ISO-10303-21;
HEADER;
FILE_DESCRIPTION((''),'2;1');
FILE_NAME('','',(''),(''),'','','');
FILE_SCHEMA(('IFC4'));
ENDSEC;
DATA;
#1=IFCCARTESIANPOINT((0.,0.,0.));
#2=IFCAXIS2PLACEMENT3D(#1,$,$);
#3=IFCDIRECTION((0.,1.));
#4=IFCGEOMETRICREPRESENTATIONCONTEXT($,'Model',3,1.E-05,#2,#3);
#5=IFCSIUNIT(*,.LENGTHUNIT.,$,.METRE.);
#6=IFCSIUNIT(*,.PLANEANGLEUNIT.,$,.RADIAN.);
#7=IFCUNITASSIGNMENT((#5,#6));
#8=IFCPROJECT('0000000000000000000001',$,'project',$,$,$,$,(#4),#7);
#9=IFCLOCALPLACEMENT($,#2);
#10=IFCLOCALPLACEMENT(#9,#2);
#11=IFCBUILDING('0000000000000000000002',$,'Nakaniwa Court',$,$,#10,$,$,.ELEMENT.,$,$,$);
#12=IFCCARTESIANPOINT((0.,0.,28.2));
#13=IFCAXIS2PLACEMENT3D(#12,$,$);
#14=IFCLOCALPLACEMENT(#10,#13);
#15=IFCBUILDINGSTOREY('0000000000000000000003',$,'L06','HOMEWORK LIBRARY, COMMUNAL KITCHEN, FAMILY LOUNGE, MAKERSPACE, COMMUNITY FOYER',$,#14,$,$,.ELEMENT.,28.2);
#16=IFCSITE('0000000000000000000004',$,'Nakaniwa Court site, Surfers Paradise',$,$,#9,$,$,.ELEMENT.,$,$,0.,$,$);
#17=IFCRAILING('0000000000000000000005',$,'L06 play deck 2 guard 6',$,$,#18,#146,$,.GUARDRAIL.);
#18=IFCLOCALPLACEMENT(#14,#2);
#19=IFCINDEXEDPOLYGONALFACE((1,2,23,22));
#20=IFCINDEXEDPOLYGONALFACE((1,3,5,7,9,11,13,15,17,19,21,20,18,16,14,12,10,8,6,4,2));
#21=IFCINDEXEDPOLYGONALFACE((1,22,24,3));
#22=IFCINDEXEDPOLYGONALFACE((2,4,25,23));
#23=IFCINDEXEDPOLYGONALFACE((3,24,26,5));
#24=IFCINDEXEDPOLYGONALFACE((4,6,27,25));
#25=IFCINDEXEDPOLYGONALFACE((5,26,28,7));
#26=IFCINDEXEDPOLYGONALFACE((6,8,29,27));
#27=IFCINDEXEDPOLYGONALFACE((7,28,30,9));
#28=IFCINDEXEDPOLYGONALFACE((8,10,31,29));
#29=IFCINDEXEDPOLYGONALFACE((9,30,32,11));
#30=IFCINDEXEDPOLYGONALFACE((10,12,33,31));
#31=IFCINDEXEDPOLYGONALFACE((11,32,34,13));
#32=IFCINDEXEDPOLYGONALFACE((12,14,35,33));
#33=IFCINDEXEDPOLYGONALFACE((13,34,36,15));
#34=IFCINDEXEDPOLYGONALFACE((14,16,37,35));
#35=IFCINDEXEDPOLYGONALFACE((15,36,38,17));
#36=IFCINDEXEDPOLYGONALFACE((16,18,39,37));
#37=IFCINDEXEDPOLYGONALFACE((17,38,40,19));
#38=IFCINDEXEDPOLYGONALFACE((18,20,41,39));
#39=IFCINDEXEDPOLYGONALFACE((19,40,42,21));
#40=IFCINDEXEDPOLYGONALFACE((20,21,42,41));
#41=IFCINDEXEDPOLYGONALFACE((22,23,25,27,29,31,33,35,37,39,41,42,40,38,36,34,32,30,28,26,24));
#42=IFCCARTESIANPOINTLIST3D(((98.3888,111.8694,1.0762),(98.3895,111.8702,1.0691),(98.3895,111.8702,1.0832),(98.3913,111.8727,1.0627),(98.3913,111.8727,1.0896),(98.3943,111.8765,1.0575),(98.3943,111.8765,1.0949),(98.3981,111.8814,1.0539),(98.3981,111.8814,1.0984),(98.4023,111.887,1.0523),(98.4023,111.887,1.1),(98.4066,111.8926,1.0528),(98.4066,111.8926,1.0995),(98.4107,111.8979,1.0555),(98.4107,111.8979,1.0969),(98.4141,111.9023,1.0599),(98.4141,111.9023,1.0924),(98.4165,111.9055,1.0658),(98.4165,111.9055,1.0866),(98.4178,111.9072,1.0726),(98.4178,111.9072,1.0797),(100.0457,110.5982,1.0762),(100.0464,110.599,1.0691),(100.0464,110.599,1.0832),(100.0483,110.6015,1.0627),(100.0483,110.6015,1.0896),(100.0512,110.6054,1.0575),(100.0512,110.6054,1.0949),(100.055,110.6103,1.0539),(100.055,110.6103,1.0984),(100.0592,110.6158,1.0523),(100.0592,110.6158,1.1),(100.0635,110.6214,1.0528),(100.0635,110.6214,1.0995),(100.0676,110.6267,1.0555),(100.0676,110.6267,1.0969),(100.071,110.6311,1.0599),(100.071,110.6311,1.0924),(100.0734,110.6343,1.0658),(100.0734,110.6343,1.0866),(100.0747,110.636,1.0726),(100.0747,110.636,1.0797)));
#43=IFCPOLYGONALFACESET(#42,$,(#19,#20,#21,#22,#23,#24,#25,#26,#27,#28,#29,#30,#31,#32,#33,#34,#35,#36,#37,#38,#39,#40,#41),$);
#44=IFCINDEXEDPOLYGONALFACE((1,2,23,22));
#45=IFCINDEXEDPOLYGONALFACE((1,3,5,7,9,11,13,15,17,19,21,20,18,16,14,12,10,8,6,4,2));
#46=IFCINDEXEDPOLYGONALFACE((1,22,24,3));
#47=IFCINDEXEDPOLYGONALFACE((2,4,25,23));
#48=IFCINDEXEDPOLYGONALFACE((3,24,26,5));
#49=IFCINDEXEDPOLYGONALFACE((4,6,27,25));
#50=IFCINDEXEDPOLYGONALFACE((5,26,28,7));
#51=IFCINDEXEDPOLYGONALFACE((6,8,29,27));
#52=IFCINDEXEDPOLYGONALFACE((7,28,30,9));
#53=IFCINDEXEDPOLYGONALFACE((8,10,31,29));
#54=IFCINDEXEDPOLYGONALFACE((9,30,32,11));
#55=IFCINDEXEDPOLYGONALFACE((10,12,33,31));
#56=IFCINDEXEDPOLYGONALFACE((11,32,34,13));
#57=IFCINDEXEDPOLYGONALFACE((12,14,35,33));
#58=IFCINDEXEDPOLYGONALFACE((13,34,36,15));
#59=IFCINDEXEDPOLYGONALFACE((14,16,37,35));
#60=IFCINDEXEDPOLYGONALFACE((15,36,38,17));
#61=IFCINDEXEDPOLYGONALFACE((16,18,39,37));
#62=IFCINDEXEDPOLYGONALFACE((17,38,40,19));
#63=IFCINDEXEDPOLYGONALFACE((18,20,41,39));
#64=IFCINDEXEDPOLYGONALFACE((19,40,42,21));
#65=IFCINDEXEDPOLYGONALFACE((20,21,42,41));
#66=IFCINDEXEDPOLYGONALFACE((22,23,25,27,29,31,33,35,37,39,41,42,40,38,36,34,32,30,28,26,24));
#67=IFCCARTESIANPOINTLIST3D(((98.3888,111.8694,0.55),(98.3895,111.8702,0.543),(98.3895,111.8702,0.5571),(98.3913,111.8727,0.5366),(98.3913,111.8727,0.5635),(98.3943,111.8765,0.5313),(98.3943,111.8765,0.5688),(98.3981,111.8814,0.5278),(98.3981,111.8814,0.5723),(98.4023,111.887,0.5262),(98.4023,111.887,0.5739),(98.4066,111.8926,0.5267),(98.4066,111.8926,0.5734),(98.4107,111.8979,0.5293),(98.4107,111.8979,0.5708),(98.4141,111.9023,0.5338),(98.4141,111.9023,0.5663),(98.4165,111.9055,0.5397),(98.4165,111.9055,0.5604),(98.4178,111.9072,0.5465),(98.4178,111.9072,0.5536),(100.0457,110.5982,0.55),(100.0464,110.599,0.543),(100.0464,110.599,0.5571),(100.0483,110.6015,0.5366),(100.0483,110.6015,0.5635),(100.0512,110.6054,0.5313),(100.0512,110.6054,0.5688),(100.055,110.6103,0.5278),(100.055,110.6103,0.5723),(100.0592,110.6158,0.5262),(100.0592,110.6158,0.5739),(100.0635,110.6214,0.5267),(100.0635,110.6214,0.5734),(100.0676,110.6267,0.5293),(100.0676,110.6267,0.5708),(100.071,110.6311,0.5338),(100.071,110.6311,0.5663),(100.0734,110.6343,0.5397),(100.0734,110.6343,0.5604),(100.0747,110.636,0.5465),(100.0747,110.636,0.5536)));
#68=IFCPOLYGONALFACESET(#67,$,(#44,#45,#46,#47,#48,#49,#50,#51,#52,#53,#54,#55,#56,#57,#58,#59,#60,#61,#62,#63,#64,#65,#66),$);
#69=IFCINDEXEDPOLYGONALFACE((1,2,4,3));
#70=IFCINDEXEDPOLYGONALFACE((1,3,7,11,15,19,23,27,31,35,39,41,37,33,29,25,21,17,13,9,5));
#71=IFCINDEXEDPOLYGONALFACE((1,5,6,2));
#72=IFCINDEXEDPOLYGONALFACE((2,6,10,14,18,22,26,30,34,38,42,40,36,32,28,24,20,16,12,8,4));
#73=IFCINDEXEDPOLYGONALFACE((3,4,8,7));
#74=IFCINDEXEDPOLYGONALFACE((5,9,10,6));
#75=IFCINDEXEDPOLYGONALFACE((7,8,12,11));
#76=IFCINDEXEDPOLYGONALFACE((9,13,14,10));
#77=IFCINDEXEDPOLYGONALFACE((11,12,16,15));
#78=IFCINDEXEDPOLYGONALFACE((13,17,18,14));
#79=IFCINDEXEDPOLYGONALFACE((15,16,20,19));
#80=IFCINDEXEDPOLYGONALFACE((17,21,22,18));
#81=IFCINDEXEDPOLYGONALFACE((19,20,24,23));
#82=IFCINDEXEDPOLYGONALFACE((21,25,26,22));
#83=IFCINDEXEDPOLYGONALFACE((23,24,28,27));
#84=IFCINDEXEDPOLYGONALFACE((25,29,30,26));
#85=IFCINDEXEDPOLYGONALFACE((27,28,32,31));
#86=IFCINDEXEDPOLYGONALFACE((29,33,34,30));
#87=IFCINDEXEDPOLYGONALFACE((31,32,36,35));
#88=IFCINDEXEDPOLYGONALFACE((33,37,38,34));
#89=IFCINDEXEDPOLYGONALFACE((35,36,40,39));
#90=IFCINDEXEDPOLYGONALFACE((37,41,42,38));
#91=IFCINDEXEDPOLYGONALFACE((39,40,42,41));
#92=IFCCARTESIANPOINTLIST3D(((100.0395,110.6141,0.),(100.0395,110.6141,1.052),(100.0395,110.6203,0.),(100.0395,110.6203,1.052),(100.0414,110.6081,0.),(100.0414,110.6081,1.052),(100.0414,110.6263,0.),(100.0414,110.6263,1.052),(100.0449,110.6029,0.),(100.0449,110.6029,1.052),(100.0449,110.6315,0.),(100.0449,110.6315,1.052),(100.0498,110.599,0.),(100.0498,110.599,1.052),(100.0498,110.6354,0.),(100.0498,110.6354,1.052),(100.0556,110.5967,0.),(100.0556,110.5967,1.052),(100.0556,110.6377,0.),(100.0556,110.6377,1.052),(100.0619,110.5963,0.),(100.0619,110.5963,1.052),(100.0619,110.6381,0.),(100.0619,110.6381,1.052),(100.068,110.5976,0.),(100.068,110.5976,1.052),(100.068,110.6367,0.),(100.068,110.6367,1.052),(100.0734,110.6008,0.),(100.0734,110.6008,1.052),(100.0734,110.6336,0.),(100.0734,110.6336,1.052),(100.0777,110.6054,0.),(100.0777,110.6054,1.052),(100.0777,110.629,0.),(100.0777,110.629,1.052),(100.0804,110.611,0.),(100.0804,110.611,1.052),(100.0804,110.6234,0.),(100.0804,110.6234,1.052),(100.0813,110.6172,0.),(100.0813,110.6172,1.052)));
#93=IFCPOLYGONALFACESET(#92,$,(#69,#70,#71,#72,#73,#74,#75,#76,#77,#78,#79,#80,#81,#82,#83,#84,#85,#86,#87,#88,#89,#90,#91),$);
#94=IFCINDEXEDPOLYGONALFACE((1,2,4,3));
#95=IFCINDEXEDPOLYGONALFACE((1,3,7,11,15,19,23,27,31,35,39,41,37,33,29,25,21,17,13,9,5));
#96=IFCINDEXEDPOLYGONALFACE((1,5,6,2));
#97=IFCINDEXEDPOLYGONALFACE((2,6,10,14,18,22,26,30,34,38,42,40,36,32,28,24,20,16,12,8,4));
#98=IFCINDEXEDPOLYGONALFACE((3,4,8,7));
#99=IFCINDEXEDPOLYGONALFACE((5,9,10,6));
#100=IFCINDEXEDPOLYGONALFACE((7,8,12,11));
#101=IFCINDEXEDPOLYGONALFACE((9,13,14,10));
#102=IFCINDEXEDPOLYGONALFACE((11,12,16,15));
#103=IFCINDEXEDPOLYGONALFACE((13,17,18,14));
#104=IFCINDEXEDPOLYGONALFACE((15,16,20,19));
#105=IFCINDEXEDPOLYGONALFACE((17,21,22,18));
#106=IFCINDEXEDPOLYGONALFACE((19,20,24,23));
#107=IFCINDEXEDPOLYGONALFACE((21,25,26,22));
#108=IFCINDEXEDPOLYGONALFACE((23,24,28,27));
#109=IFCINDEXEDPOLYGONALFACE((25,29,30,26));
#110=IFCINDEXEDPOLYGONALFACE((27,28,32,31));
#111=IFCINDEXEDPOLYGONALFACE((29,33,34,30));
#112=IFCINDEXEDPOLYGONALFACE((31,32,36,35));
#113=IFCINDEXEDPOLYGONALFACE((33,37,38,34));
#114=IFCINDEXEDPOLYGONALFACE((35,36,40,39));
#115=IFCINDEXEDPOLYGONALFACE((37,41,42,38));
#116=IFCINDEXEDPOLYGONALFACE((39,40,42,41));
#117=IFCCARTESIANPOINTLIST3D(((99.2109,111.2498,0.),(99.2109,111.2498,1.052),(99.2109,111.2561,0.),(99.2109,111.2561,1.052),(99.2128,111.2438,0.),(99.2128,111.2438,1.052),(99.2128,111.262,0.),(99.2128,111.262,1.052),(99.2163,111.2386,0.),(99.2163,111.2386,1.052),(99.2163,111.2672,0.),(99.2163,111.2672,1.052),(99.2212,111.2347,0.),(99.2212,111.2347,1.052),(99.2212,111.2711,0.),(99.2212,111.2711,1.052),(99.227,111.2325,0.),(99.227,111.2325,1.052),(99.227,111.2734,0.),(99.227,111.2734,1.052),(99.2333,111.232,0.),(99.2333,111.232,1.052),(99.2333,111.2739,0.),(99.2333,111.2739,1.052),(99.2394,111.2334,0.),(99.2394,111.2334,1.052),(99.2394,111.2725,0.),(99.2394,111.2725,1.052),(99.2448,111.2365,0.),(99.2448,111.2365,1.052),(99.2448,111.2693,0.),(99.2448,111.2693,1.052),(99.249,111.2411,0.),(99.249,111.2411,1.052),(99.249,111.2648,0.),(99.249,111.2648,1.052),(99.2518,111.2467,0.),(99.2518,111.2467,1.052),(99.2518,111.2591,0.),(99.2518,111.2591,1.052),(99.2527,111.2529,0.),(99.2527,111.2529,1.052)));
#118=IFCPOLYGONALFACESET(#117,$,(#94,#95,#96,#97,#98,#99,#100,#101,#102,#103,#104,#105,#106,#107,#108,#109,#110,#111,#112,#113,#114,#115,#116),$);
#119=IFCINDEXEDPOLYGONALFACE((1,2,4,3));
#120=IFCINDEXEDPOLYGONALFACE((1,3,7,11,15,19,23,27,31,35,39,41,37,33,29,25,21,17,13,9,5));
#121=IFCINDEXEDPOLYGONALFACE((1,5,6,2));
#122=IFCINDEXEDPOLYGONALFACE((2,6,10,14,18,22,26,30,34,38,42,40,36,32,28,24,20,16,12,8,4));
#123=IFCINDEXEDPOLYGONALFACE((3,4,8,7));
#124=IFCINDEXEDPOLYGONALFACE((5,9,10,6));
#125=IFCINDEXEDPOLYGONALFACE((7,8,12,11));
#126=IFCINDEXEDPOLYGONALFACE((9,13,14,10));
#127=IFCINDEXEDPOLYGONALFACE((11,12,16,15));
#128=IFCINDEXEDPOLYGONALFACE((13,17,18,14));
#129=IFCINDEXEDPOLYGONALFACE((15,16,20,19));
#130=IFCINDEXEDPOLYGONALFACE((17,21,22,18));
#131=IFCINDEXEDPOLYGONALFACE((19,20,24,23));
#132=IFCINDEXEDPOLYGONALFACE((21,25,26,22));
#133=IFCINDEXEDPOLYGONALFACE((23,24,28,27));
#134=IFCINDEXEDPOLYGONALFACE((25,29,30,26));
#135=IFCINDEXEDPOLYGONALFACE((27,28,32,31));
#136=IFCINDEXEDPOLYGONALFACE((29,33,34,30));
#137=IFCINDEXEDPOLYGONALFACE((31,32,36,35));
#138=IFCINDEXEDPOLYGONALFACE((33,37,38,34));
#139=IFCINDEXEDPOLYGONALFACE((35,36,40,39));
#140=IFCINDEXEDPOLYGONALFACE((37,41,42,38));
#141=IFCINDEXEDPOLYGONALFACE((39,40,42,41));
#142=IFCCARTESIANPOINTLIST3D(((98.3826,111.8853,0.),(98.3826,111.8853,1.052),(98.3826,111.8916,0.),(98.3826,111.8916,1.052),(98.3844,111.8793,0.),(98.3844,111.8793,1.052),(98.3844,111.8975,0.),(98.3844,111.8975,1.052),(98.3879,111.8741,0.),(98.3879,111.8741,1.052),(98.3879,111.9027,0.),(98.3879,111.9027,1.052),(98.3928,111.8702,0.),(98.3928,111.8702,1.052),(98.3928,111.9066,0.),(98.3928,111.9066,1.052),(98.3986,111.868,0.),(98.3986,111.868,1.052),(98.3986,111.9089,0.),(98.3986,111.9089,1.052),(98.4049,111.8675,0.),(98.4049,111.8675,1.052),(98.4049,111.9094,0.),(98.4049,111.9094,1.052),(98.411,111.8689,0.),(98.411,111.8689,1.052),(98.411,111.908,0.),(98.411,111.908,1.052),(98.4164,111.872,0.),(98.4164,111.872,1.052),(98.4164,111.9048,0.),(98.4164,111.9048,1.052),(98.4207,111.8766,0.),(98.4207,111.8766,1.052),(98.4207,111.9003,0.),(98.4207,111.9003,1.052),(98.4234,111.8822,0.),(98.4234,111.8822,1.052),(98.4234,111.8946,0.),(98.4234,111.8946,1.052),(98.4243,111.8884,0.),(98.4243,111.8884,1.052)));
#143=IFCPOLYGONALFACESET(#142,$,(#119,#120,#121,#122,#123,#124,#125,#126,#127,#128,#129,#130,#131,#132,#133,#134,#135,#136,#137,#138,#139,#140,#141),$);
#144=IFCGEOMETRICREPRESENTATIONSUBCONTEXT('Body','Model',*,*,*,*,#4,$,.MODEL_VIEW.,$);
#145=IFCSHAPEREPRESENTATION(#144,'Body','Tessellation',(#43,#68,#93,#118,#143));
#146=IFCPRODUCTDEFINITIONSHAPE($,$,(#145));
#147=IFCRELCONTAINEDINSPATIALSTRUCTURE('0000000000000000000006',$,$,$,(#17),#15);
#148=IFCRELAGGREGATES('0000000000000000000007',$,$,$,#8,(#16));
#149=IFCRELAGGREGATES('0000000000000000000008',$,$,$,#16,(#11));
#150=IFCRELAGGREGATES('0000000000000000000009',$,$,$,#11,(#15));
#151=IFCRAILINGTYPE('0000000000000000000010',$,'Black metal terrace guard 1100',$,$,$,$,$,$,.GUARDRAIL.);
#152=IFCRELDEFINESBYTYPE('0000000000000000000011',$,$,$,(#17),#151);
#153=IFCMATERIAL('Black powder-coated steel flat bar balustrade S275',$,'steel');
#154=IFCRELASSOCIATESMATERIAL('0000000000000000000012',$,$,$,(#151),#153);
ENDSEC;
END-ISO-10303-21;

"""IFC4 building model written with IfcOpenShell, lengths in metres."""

from ifc_helpers import new_model, si_unit, direction, frame, origin, origin_2d, place, context, subcontext, project, spatial, circle, extrude, material, type_object, element, save


model = new_model("IFC4")

# Units and contexts
model_context = context("Model", 3, precision=1e-05, world=origin(), true_north=direction((0.0, 1.0)))
body_context = subcontext(model_context, "Body", "Model", "MODEL_VIEW")
ifc_project = project(units=[si_unit("LENGTHUNIT", "METRE"), si_unit("PLANEANGLEUNIT", "RADIAN")], contexts=[model_context])

# Site, building, storey
site_placement = place(None, origin())
site = spatial("IfcSite", under=ifc_project, at=site_placement, Name="Nakaniwa Court site, Surfers Paradise", CompositionType="ELEMENT", RefElevation=0.0)
building_placement = place(site_placement, origin())
building = spatial("IfcBuilding", under=site, at=building_placement, Name="Nakaniwa Court", CompositionType="ELEMENT")
storey_placement = place(building_placement, frame((0.0, 0.0, 28.2)))
storey = spatial("IfcBuildingStorey", under=building, at=storey_placement, Name="L06", Description="HOMEWORK LIBRARY, COMMUNAL KITCHEN, FAMILY LOUNGE, MAKERSPACE, COMMUNITY FOYER", CompositionType="ELEMENT", Elevation=28.2)

# Railing
ifc_material_1 = material(Name="Black powder-coated steel flat bar balustrade S275", Category="steel")
railing_type = type_object("IfcRailingType", Name="Black metal terrace guard 1100", PredefinedType="GUARDRAIL", material=ifc_material_1)
railing_1_placement = place(storey_placement, frame((100.0603, 110.6172, 0.0)))
element("IfcRailing", 1, at=railing_1_placement, inside=storey, type_object=railing_type, Name="L06 play deck 2 guard 6", PredefinedType="GUARDRAIL", context=body_context, shape_type="SweptSolid", body=[
    extrude(circle(Radius=0.0239, at=origin_2d()), frame((0.0, 0.0, 1.0762), z_axis=(-0.793401, 0.608699, 0.0), x_axis=(-0.608699, -0.793401, 0.0)), (0.0, 0.0, 1.0), 2.0884),
    extrude(circle(Radius=0.0239, at=origin_2d()), frame((0.0, 0.0, 0.55), z_axis=(-0.793401, 0.608699, 0.0), x_axis=(-0.608699, -0.793401, 0.0)), (0.0, 0.0, 1.0), 2.0884),
    extrude(circle(Radius=0.021, at=origin_2d()), origin(), (0.0, 0.0, 1.0), 1.052),
    extrude(circle(Radius=0.021, at=origin_2d()), frame((-0.8286, 0.6357, 0.0)), (0.0, 0.0, 1.0), 1.052),
    extrude(circle(Radius=0.021, at=origin_2d()), frame((-1.657, 1.2712, 0.0)), (0.0, 0.0, 1.0), 1.052),
])

save(model, "model.ifc")
